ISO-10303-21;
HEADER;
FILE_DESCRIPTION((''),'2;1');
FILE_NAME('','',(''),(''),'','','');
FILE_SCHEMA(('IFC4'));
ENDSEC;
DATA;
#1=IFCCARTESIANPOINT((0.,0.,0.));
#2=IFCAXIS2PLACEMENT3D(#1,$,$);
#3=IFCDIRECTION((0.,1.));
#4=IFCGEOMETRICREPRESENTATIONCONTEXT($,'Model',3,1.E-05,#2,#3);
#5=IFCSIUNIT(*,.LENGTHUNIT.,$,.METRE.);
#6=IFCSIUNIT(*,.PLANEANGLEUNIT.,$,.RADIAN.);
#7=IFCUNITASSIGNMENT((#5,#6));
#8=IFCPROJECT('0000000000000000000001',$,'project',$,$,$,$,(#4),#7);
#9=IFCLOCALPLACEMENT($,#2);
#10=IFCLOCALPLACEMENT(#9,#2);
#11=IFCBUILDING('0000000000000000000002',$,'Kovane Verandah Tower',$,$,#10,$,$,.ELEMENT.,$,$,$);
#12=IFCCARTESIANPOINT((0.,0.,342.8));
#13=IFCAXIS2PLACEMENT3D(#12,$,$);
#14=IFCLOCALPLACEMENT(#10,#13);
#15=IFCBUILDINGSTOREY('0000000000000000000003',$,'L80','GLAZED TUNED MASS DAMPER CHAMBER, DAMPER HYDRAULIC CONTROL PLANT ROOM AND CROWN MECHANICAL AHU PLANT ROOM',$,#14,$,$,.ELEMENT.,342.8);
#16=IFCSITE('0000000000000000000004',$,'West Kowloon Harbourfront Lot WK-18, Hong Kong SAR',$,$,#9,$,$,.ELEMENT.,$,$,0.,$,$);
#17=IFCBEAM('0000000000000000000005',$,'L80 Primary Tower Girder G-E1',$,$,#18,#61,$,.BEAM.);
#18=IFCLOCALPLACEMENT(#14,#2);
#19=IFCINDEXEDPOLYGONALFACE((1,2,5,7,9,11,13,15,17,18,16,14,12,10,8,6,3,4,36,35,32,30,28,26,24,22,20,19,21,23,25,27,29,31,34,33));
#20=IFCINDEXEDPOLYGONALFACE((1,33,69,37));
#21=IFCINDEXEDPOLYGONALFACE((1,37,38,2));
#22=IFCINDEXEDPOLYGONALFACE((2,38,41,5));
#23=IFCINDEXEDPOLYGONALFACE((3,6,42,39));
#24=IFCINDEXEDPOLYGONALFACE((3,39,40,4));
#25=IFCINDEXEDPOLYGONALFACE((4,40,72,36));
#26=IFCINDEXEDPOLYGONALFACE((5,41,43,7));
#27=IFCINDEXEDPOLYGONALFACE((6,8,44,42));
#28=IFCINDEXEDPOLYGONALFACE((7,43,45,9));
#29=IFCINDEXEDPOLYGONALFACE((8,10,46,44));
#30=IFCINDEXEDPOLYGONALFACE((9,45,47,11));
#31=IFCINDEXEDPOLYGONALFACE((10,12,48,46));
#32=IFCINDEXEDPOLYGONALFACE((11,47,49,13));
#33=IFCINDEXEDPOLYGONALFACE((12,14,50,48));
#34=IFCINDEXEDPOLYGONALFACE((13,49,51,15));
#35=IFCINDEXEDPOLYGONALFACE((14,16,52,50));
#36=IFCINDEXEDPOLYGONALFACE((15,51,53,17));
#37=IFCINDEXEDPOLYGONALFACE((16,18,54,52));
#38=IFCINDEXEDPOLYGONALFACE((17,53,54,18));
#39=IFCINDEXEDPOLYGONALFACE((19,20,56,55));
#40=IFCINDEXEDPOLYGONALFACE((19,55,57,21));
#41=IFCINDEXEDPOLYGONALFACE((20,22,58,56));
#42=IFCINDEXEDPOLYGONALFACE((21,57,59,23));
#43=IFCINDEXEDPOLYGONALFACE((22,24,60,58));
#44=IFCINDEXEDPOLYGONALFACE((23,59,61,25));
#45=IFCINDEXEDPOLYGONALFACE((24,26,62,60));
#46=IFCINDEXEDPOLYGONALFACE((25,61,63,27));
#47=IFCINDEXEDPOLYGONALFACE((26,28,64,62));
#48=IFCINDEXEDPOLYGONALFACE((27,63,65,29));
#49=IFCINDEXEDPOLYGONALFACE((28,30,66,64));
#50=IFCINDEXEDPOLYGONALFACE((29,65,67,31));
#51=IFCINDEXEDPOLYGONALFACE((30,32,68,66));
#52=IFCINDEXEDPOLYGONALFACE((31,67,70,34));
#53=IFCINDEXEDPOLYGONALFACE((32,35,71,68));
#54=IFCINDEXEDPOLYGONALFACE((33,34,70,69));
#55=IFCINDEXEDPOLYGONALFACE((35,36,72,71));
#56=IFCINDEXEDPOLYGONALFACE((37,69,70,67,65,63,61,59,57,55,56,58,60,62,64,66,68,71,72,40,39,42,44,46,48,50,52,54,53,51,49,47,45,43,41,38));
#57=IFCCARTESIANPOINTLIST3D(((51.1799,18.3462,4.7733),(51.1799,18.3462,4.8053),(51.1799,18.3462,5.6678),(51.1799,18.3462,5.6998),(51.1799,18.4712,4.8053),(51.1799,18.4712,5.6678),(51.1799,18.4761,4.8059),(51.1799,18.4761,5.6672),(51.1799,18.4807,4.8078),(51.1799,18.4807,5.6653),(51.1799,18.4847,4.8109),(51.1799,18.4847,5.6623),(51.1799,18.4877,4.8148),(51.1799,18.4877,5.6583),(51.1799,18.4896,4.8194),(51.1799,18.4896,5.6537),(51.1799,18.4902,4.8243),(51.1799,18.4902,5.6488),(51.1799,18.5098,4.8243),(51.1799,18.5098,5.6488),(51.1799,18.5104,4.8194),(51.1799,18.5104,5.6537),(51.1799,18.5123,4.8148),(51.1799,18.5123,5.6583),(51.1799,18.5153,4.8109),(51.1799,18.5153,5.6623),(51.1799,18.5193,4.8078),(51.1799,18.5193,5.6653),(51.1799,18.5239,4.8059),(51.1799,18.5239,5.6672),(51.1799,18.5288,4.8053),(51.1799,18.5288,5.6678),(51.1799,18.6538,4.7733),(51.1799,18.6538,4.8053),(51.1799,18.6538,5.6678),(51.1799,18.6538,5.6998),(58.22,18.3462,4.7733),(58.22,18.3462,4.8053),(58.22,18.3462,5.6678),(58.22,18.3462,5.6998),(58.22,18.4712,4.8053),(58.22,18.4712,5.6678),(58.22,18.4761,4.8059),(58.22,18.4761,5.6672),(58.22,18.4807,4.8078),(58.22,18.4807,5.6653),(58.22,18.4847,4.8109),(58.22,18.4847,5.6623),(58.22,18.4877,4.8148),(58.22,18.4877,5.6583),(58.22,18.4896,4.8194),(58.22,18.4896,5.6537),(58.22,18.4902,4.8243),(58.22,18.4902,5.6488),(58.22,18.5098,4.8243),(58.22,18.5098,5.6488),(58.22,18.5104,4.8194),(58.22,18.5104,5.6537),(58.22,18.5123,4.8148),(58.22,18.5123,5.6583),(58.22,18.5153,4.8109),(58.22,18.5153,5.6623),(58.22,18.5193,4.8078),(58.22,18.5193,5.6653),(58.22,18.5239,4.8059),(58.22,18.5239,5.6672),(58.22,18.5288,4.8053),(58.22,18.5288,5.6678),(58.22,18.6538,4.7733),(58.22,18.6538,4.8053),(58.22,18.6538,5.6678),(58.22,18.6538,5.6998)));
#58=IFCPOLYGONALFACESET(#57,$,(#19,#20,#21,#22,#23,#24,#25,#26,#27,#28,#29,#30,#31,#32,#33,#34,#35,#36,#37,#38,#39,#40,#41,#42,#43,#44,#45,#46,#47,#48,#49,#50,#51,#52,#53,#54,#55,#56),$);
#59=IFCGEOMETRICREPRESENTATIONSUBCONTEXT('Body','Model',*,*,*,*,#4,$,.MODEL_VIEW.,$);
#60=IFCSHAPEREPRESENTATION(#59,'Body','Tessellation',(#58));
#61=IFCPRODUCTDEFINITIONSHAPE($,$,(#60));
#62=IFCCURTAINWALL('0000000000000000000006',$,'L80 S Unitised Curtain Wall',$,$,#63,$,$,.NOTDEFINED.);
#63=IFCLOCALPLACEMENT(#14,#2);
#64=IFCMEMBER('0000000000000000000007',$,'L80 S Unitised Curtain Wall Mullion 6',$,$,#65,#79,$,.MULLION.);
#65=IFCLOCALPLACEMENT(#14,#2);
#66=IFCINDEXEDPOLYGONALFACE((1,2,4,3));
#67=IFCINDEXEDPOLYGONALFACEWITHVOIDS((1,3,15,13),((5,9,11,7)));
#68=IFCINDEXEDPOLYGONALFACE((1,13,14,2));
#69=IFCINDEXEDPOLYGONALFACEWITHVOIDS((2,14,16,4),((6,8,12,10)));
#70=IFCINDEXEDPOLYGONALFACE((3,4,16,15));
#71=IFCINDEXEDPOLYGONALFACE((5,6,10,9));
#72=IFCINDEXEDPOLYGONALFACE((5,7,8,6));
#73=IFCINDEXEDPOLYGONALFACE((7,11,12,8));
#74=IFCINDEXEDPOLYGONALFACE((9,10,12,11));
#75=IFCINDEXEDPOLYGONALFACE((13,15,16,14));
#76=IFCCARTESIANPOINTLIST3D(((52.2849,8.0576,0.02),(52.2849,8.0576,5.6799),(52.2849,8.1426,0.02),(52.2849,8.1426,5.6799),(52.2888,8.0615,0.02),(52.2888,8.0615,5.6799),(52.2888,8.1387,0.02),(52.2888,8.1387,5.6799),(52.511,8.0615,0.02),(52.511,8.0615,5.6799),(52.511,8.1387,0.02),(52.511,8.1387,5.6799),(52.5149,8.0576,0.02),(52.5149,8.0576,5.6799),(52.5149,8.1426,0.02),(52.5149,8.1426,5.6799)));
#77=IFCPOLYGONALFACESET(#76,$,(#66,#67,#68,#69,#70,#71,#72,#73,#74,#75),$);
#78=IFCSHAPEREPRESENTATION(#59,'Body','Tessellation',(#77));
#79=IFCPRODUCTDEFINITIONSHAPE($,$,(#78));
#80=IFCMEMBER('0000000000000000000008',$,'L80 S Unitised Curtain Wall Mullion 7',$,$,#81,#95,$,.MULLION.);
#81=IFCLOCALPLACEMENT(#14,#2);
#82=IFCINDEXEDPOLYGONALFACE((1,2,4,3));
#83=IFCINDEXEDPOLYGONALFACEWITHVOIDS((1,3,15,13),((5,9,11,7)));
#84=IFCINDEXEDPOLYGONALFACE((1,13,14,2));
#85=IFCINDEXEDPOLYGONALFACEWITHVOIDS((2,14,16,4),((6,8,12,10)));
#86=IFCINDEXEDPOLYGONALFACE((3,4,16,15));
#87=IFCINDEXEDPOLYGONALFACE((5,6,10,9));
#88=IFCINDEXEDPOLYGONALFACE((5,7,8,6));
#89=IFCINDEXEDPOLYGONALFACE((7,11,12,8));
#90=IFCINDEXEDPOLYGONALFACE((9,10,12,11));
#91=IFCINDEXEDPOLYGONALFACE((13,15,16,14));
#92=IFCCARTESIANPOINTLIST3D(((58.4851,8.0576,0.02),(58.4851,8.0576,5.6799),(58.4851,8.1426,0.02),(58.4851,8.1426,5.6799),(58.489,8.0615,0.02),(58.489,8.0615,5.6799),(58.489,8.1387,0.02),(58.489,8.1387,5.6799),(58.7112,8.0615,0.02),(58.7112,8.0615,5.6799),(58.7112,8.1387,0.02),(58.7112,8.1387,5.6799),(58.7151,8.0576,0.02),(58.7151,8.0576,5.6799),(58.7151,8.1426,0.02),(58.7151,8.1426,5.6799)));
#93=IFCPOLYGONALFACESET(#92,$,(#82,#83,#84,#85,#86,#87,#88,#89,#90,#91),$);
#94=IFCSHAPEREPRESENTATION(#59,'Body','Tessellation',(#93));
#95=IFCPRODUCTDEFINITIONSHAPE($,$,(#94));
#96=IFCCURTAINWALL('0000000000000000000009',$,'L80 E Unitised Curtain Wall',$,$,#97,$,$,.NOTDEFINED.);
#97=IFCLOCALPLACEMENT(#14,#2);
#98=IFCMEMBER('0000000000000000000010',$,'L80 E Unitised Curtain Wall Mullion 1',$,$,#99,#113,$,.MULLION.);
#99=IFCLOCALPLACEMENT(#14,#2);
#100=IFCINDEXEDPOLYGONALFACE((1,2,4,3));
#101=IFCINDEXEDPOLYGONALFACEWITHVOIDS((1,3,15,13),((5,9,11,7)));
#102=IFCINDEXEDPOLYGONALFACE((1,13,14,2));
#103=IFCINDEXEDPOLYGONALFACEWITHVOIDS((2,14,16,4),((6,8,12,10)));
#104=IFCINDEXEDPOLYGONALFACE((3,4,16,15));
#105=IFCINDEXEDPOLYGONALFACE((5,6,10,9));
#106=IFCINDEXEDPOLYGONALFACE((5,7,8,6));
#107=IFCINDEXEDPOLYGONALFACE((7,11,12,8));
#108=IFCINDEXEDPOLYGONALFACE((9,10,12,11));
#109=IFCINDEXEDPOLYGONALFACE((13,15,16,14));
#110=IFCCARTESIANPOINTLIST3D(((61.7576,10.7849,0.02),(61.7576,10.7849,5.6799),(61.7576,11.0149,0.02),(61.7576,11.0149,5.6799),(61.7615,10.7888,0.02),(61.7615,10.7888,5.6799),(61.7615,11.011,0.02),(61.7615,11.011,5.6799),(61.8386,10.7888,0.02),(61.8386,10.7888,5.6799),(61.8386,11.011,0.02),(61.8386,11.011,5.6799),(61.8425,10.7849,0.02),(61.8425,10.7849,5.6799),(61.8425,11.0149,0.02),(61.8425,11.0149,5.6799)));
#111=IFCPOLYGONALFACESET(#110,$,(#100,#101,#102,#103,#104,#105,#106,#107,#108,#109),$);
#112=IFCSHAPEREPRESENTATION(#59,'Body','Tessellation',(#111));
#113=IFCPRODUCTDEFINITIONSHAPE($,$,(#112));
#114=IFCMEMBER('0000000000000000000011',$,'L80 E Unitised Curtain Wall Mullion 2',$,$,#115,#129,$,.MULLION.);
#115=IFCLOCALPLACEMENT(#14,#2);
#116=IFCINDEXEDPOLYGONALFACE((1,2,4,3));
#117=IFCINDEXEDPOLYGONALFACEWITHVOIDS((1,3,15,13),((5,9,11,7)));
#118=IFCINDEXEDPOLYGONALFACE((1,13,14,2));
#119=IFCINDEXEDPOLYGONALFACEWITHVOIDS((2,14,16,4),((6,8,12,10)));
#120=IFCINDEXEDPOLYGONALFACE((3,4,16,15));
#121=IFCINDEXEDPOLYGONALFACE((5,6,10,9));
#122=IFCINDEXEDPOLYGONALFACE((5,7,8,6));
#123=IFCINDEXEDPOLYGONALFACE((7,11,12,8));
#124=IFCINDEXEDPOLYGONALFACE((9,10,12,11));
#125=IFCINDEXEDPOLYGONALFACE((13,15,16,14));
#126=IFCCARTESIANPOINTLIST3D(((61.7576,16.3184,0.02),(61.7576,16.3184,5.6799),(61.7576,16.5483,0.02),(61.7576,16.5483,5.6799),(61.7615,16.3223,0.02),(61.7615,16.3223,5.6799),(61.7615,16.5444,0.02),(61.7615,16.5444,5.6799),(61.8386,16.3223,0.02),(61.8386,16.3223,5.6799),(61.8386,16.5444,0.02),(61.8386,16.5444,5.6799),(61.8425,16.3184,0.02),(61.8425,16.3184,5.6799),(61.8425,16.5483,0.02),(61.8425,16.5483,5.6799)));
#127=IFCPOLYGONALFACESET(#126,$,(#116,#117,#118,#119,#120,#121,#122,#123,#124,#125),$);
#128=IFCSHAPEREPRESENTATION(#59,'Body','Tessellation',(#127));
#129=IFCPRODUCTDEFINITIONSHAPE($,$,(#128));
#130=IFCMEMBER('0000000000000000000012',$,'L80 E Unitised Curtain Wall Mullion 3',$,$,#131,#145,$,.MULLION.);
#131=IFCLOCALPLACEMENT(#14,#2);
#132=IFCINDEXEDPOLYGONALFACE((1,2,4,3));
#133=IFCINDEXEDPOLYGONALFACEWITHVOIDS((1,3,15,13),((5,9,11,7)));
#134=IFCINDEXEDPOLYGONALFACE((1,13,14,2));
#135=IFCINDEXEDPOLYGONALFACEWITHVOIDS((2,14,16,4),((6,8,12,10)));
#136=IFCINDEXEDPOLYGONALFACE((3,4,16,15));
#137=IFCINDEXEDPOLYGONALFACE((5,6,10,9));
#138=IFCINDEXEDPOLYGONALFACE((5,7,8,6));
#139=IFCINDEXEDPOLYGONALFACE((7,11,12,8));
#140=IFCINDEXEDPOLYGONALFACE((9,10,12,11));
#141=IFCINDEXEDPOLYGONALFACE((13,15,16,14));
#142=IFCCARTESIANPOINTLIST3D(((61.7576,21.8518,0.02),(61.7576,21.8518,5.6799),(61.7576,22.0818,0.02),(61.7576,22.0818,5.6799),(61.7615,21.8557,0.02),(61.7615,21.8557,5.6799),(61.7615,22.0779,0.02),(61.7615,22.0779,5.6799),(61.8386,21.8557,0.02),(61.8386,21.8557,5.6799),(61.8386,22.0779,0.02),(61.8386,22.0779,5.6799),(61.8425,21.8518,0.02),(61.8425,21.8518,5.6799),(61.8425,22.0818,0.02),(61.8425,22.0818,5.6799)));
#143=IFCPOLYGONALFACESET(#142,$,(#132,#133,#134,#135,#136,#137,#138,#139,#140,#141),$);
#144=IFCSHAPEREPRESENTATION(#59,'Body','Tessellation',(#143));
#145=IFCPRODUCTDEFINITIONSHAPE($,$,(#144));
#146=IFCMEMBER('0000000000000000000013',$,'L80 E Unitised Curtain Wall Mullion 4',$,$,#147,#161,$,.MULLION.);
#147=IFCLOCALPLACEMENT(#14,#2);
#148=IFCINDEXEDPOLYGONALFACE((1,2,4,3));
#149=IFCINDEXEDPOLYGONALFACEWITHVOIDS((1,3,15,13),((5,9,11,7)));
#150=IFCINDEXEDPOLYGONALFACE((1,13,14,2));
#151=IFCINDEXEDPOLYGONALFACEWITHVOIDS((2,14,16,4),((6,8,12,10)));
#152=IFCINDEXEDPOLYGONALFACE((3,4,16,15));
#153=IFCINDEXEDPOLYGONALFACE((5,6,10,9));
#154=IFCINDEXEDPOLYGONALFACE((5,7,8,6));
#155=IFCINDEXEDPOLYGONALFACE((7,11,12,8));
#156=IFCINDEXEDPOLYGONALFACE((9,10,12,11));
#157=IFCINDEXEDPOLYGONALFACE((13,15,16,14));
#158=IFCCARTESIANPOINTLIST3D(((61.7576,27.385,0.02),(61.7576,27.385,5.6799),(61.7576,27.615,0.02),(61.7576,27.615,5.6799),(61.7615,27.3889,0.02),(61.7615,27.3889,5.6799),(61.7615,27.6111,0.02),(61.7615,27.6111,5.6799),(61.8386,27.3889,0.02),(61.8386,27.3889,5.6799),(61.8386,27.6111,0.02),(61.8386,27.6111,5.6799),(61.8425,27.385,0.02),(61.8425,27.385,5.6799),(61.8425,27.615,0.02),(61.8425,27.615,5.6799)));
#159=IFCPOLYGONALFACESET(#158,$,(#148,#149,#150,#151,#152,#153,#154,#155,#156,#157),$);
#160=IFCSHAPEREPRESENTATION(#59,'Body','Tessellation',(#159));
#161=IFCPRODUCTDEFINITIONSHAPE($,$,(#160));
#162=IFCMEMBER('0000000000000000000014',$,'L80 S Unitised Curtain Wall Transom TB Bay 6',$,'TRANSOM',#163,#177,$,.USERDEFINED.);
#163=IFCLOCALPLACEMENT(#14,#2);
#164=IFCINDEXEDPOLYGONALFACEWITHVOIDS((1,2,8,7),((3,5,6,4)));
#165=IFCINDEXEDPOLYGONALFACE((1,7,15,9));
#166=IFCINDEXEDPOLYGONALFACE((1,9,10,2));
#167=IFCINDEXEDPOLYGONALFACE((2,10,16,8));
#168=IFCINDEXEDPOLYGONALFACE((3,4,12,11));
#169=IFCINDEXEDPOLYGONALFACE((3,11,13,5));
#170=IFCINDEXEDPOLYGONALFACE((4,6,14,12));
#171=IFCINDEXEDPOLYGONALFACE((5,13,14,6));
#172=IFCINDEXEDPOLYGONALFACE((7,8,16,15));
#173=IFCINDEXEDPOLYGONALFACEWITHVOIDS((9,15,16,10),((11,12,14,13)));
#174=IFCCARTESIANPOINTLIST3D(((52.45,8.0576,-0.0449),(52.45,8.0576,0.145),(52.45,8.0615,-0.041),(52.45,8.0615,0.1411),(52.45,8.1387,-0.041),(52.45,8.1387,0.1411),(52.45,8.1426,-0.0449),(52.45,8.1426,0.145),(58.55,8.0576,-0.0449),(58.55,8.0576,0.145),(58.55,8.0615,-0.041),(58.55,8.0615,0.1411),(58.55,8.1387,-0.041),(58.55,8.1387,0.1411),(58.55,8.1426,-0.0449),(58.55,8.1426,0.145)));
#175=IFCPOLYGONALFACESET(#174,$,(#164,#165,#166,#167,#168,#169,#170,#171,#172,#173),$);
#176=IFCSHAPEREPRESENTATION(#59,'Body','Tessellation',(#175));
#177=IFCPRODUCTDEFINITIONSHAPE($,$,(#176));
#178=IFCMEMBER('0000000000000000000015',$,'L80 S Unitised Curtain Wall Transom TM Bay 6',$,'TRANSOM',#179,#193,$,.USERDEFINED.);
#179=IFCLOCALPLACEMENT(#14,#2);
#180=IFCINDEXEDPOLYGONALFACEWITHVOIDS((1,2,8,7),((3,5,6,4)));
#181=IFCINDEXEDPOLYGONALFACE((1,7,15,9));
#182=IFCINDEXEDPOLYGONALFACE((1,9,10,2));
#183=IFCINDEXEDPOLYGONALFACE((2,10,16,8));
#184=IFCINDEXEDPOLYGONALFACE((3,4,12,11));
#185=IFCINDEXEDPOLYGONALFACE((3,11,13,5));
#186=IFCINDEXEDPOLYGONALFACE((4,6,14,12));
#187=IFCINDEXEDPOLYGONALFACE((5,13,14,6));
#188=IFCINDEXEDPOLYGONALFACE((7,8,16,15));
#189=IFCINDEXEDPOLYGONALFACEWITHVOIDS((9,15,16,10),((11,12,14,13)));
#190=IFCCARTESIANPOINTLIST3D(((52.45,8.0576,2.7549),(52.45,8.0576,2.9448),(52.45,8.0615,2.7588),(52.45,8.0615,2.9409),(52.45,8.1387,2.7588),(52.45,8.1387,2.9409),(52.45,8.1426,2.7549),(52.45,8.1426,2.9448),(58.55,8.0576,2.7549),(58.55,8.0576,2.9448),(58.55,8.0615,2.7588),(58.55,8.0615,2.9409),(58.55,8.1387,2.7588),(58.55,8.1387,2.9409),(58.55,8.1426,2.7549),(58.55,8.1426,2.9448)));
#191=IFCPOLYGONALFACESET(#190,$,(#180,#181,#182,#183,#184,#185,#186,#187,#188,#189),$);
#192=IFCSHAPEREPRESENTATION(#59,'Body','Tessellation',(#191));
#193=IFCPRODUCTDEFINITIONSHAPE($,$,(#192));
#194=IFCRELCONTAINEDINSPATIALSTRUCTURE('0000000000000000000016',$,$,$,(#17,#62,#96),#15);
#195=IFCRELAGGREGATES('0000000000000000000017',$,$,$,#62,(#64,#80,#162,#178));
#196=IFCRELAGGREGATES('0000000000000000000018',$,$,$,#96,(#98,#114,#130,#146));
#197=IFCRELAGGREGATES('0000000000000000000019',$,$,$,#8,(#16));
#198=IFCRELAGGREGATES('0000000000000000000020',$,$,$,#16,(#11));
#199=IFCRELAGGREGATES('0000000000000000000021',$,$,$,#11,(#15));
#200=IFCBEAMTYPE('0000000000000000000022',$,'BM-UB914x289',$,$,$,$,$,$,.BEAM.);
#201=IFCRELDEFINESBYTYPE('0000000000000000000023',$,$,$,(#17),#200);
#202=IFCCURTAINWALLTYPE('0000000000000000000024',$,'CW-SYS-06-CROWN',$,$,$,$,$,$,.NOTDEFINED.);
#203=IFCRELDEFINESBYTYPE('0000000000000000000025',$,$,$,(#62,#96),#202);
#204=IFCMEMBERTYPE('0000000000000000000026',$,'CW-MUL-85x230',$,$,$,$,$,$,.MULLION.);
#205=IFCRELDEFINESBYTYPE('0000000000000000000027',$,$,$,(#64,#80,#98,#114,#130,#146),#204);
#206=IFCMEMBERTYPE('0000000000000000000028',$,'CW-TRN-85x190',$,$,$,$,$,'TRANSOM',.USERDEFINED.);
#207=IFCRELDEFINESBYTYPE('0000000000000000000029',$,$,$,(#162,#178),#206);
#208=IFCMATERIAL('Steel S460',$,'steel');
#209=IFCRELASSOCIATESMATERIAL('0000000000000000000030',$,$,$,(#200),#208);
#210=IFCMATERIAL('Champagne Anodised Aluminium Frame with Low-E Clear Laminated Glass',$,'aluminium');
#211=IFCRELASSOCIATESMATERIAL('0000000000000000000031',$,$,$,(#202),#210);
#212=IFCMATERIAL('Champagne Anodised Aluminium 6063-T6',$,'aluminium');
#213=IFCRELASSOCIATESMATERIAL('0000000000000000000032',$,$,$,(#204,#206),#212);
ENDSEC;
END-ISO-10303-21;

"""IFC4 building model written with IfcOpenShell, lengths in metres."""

from ifc_helpers import new_model, si_unit, direction, frame, origin, origin_2d, place, context, subcontext, project, spatial, hollow_rectangle, i_section, extrude, material, material_profile, profile_set, type_object, element, aggregate, save


model = new_model("IFC4")

# Units and contexts
model_context = context("Model", 3, precision=1e-05, world=origin(), true_north=direction((0.0, 1.0)))
body_context = subcontext(model_context, "Body", "Model", "MODEL_VIEW")
ifc_project = project(units=[si_unit("LENGTHUNIT", "METRE"), si_unit("PLANEANGLEUNIT", "RADIAN")], contexts=[model_context])

# Site, building, storey
site_placement = place(None, origin())
site = spatial("IfcSite", under=ifc_project, at=site_placement, Name="West Kowloon Harbourfront Lot WK-18, Hong Kong SAR", CompositionType="ELEMENT", RefElevation=0.0)
building_placement = place(site_placement, origin())
building = spatial("IfcBuilding", under=site, at=building_placement, Name="Kovane Verandah Tower", CompositionType="ELEMENT")
storey_placement = place(building_placement, frame((0.0, 0.0, 342.8)))
storey = spatial("IfcBuildingStorey", under=building, at=storey_placement, Name="L80", Description="GLAZED TUNED MASS DAMPER CHAMBER, DAMPER HYDRAULIC CONTROL PLANT ROOM AND CROWN MECHANICAL AHU PLANT ROOM", CompositionType="ELEMENT", Elevation=342.8)

# Shared definitions
ifc_material_1 = material(Name="Steel S460", Category="steel")

# Beam
ifc_material_profile_1 = material_profile(ifc_material_1, i_section(OverallWidth=0.3076, OverallDepth=0.9265, WebThickness=0.0195, FlangeThickness=0.032, FilletRadius=0.019, at=origin_2d()), Name="UB914x305x289")
ifc_profile_set_1 = profile_set([ifc_material_profile_1], Name="Steel S460")
beam_type_1 = type_object("IfcBeamType", Name="BM-UB914x289", PredefinedType="BEAM", material=ifc_profile_set_1)
beam_1_placement = place(storey_placement, frame((51.1799, 18.5, 5.2366), z_axis=(1.0, 0.0, 0.0), x_axis=(0.0, 1.0, 0.0)))
element("IfcBeam", 1, at=beam_1_placement, inside=storey, type_object=beam_type_1, Name="L80 Primary Tower Girder G-E1", PredefinedType="BEAM", context=body_context, shape_type="SweptSolid", body=[
    extrude(i_section(OverallWidth=0.3076, OverallDepth=0.9265, WebThickness=0.0195, FlangeThickness=0.032, FilletRadius=0.019, at=origin_2d()), origin(), (0.0, 0.0, 1.0), 7.04),
])

# Curtain walls, members
ifc_material_2 = material(Name="Champagne Anodised Aluminium Frame with Low-E Clear Laminated Glass", Category="aluminium")
curtain_wall_type = type_object("IfcCurtainWallType", Name="CW-SYS-06-CROWN", PredefinedType="NOTDEFINED", material=ifc_material_2)
curtain_wall_1_placement = place(storey_placement, origin())
curtain_wall_1 = element("IfcCurtainWall", 2, at=curtain_wall_1_placement, inside=storey, type_object=curtain_wall_type, Name="L80 S Unitised Curtain Wall", PredefinedType="NOTDEFINED")
ifc_material_3 = material(Name="Champagne Anodised Aluminium 6063-T6", Category="aluminium")
ifc_material_profile_2 = material_profile(ifc_material_3, hollow_rectangle(XDim=0.085, YDim=0.23, WallThickness=0.0039, at=origin_2d()), Name="AL85x230x4")
ifc_profile_set_2 = profile_set([ifc_material_profile_2], Name="Champagne Anodised Aluminium 6063-T6")
member_type_1 = type_object("IfcMemberType", Name="CW-MUL-85x230", PredefinedType="MULLION", material=ifc_profile_set_2)
member_1_placement = place(storey_placement, frame((52.3999, 8.1001, 0.02), z_axis=(0.0, 0.0, 1.0), x_axis=(0.0, -1.0, 0.0)))
member_1 = element("IfcMember", 3, at=member_1_placement, type_object=member_type_1, Name="L80 S Unitised Curtain Wall Mullion 6", PredefinedType="MULLION", context=body_context, shape_type="SweptSolid", body=[
    extrude(hollow_rectangle(XDim=0.085, YDim=0.23, WallThickness=0.0039, at=origin_2d()), origin(), (0.0, 0.0, 1.0), 5.6599),
])
member_2_placement = place(storey_placement, frame((58.6001, 8.1001, 0.02), z_axis=(0.0, 0.0, 1.0), x_axis=(0.0, -1.0, 0.0)))
member_2 = element("IfcMember", 4, at=member_2_placement, type_object=member_type_1, Name="L80 S Unitised Curtain Wall Mullion 7", PredefinedType="MULLION", context=body_context, shape_type="SweptSolid", body=[
    extrude(hollow_rectangle(XDim=0.085, YDim=0.23, WallThickness=0.0039, at=origin_2d()), origin(), (0.0, 0.0, 1.0), 5.6599),
])
curtain_wall_2_placement = place(storey_placement, origin())
curtain_wall_2 = element("IfcCurtainWall", 5, at=curtain_wall_2_placement, inside=storey, type_object=curtain_wall_type, Name="L80 E Unitised Curtain Wall", PredefinedType="NOTDEFINED")
member_3_placement = place(storey_placement, frame((61.8, 10.8999, 0.02), z_axis=(0.0, 0.0, 1.0), x_axis=(1.0, 0.0, 0.0)))
member_3 = element("IfcMember", 6, at=member_3_placement, type_object=member_type_1, Name="L80 E Unitised Curtain Wall Mullion 1", PredefinedType="MULLION", context=body_context, shape_type="SweptSolid", body=[
    extrude(hollow_rectangle(XDim=0.085, YDim=0.23, WallThickness=0.0039, at=origin_2d()), origin(), (0.0, 0.0, 1.0), 5.6599),
])
member_4_placement = place(storey_placement, frame((61.8, 16.4333, 0.02), z_axis=(0.0, 0.0, 1.0), x_axis=(1.0, 0.0, 0.0)))
member_4 = element("IfcMember", 7, at=member_4_placement, type_object=member_type_1, Name="L80 E Unitised Curtain Wall Mullion 2", PredefinedType="MULLION", context=body_context, shape_type="SweptSolid", body=[
    extrude(hollow_rectangle(XDim=0.085, YDim=0.23, WallThickness=0.0039, at=origin_2d()), origin(), (0.0, 0.0, 1.0), 5.6599),
])
member_5_placement = place(storey_placement, frame((61.8, 21.9668, 0.02), z_axis=(0.0, 0.0, 1.0), x_axis=(1.0, 0.0, 0.0)))
member_5 = element("IfcMember", 8, at=member_5_placement, type_object=member_type_1, Name="L80 E Unitised Curtain Wall Mullion 3", PredefinedType="MULLION", context=body_context, shape_type="SweptSolid", body=[
    extrude(hollow_rectangle(XDim=0.085, YDim=0.23, WallThickness=0.0039, at=origin_2d()), origin(), (0.0, 0.0, 1.0), 5.6599),
])
member_6_placement = place(storey_placement, frame((61.8, 27.5, 0.02), z_axis=(0.0, 0.0, 1.0), x_axis=(1.0, 0.0, 0.0)))
member_6 = element("IfcMember", 9, at=member_6_placement, type_object=member_type_1, Name="L80 E Unitised Curtain Wall Mullion 4", PredefinedType="MULLION", context=body_context, shape_type="SweptSolid", body=[
    extrude(hollow_rectangle(XDim=0.085, YDim=0.23, WallThickness=0.0039, at=origin_2d()), origin(), (0.0, 0.0, 1.0), 5.6599),
])

# Members
ifc_material_profile_3 = material_profile(ifc_material_3, hollow_rectangle(XDim=0.085, YDim=0.1899, WallThickness=0.0039, at=origin_2d()), Name="AL85x190x4")
ifc_profile_set_3 = profile_set([ifc_material_profile_3], Name="Champagne Anodised Aluminium 6063-T6")
member_type_2 = type_object("IfcMemberType", Name="CW-TRN-85x190", ElementType="TRANSOM", PredefinedType="USERDEFINED", material=ifc_profile_set_3)
member_7_placement = place(storey_placement, frame((52.45, 8.1001, 0.05), z_axis=(1.0, 0.0, 0.0), x_axis=(0.0, 1.0, 0.0)))
member_7 = element("IfcMember", 10, at=member_7_placement, type_object=member_type_2, Name="L80 S Unitised Curtain Wall Transom TB Bay 6", ObjectType="TRANSOM", PredefinedType="USERDEFINED", context=body_context, shape_type="SweptSolid", body=[
    extrude(hollow_rectangle(XDim=0.085, YDim=0.1899, WallThickness=0.0039, at=origin_2d()), origin(), (0.0, 0.0, 1.0), 6.1001),
])
member_8_placement = place(storey_placement, frame((52.45, 8.1001, 2.8499), z_axis=(1.0, 0.0, 0.0), x_axis=(0.0, 1.0, 0.0)))
member_8 = element("IfcMember", 11, at=member_8_placement, type_object=member_type_2, Name="L80 S Unitised Curtain Wall Transom TM Bay 6", ObjectType="TRANSOM", PredefinedType="USERDEFINED", context=body_context, shape_type="SweptSolid", body=[
    extrude(hollow_rectangle(XDim=0.085, YDim=0.1899, WallThickness=0.0039, at=origin_2d()), origin(), (0.0, 0.0, 1.0), 6.1001),
])

aggregate(curtain_wall_1, [member_1, member_2, member_7, member_8])
aggregate(curtain_wall_2, [member_3, member_4, member_5, member_6])

save(model, "model.ifc")
